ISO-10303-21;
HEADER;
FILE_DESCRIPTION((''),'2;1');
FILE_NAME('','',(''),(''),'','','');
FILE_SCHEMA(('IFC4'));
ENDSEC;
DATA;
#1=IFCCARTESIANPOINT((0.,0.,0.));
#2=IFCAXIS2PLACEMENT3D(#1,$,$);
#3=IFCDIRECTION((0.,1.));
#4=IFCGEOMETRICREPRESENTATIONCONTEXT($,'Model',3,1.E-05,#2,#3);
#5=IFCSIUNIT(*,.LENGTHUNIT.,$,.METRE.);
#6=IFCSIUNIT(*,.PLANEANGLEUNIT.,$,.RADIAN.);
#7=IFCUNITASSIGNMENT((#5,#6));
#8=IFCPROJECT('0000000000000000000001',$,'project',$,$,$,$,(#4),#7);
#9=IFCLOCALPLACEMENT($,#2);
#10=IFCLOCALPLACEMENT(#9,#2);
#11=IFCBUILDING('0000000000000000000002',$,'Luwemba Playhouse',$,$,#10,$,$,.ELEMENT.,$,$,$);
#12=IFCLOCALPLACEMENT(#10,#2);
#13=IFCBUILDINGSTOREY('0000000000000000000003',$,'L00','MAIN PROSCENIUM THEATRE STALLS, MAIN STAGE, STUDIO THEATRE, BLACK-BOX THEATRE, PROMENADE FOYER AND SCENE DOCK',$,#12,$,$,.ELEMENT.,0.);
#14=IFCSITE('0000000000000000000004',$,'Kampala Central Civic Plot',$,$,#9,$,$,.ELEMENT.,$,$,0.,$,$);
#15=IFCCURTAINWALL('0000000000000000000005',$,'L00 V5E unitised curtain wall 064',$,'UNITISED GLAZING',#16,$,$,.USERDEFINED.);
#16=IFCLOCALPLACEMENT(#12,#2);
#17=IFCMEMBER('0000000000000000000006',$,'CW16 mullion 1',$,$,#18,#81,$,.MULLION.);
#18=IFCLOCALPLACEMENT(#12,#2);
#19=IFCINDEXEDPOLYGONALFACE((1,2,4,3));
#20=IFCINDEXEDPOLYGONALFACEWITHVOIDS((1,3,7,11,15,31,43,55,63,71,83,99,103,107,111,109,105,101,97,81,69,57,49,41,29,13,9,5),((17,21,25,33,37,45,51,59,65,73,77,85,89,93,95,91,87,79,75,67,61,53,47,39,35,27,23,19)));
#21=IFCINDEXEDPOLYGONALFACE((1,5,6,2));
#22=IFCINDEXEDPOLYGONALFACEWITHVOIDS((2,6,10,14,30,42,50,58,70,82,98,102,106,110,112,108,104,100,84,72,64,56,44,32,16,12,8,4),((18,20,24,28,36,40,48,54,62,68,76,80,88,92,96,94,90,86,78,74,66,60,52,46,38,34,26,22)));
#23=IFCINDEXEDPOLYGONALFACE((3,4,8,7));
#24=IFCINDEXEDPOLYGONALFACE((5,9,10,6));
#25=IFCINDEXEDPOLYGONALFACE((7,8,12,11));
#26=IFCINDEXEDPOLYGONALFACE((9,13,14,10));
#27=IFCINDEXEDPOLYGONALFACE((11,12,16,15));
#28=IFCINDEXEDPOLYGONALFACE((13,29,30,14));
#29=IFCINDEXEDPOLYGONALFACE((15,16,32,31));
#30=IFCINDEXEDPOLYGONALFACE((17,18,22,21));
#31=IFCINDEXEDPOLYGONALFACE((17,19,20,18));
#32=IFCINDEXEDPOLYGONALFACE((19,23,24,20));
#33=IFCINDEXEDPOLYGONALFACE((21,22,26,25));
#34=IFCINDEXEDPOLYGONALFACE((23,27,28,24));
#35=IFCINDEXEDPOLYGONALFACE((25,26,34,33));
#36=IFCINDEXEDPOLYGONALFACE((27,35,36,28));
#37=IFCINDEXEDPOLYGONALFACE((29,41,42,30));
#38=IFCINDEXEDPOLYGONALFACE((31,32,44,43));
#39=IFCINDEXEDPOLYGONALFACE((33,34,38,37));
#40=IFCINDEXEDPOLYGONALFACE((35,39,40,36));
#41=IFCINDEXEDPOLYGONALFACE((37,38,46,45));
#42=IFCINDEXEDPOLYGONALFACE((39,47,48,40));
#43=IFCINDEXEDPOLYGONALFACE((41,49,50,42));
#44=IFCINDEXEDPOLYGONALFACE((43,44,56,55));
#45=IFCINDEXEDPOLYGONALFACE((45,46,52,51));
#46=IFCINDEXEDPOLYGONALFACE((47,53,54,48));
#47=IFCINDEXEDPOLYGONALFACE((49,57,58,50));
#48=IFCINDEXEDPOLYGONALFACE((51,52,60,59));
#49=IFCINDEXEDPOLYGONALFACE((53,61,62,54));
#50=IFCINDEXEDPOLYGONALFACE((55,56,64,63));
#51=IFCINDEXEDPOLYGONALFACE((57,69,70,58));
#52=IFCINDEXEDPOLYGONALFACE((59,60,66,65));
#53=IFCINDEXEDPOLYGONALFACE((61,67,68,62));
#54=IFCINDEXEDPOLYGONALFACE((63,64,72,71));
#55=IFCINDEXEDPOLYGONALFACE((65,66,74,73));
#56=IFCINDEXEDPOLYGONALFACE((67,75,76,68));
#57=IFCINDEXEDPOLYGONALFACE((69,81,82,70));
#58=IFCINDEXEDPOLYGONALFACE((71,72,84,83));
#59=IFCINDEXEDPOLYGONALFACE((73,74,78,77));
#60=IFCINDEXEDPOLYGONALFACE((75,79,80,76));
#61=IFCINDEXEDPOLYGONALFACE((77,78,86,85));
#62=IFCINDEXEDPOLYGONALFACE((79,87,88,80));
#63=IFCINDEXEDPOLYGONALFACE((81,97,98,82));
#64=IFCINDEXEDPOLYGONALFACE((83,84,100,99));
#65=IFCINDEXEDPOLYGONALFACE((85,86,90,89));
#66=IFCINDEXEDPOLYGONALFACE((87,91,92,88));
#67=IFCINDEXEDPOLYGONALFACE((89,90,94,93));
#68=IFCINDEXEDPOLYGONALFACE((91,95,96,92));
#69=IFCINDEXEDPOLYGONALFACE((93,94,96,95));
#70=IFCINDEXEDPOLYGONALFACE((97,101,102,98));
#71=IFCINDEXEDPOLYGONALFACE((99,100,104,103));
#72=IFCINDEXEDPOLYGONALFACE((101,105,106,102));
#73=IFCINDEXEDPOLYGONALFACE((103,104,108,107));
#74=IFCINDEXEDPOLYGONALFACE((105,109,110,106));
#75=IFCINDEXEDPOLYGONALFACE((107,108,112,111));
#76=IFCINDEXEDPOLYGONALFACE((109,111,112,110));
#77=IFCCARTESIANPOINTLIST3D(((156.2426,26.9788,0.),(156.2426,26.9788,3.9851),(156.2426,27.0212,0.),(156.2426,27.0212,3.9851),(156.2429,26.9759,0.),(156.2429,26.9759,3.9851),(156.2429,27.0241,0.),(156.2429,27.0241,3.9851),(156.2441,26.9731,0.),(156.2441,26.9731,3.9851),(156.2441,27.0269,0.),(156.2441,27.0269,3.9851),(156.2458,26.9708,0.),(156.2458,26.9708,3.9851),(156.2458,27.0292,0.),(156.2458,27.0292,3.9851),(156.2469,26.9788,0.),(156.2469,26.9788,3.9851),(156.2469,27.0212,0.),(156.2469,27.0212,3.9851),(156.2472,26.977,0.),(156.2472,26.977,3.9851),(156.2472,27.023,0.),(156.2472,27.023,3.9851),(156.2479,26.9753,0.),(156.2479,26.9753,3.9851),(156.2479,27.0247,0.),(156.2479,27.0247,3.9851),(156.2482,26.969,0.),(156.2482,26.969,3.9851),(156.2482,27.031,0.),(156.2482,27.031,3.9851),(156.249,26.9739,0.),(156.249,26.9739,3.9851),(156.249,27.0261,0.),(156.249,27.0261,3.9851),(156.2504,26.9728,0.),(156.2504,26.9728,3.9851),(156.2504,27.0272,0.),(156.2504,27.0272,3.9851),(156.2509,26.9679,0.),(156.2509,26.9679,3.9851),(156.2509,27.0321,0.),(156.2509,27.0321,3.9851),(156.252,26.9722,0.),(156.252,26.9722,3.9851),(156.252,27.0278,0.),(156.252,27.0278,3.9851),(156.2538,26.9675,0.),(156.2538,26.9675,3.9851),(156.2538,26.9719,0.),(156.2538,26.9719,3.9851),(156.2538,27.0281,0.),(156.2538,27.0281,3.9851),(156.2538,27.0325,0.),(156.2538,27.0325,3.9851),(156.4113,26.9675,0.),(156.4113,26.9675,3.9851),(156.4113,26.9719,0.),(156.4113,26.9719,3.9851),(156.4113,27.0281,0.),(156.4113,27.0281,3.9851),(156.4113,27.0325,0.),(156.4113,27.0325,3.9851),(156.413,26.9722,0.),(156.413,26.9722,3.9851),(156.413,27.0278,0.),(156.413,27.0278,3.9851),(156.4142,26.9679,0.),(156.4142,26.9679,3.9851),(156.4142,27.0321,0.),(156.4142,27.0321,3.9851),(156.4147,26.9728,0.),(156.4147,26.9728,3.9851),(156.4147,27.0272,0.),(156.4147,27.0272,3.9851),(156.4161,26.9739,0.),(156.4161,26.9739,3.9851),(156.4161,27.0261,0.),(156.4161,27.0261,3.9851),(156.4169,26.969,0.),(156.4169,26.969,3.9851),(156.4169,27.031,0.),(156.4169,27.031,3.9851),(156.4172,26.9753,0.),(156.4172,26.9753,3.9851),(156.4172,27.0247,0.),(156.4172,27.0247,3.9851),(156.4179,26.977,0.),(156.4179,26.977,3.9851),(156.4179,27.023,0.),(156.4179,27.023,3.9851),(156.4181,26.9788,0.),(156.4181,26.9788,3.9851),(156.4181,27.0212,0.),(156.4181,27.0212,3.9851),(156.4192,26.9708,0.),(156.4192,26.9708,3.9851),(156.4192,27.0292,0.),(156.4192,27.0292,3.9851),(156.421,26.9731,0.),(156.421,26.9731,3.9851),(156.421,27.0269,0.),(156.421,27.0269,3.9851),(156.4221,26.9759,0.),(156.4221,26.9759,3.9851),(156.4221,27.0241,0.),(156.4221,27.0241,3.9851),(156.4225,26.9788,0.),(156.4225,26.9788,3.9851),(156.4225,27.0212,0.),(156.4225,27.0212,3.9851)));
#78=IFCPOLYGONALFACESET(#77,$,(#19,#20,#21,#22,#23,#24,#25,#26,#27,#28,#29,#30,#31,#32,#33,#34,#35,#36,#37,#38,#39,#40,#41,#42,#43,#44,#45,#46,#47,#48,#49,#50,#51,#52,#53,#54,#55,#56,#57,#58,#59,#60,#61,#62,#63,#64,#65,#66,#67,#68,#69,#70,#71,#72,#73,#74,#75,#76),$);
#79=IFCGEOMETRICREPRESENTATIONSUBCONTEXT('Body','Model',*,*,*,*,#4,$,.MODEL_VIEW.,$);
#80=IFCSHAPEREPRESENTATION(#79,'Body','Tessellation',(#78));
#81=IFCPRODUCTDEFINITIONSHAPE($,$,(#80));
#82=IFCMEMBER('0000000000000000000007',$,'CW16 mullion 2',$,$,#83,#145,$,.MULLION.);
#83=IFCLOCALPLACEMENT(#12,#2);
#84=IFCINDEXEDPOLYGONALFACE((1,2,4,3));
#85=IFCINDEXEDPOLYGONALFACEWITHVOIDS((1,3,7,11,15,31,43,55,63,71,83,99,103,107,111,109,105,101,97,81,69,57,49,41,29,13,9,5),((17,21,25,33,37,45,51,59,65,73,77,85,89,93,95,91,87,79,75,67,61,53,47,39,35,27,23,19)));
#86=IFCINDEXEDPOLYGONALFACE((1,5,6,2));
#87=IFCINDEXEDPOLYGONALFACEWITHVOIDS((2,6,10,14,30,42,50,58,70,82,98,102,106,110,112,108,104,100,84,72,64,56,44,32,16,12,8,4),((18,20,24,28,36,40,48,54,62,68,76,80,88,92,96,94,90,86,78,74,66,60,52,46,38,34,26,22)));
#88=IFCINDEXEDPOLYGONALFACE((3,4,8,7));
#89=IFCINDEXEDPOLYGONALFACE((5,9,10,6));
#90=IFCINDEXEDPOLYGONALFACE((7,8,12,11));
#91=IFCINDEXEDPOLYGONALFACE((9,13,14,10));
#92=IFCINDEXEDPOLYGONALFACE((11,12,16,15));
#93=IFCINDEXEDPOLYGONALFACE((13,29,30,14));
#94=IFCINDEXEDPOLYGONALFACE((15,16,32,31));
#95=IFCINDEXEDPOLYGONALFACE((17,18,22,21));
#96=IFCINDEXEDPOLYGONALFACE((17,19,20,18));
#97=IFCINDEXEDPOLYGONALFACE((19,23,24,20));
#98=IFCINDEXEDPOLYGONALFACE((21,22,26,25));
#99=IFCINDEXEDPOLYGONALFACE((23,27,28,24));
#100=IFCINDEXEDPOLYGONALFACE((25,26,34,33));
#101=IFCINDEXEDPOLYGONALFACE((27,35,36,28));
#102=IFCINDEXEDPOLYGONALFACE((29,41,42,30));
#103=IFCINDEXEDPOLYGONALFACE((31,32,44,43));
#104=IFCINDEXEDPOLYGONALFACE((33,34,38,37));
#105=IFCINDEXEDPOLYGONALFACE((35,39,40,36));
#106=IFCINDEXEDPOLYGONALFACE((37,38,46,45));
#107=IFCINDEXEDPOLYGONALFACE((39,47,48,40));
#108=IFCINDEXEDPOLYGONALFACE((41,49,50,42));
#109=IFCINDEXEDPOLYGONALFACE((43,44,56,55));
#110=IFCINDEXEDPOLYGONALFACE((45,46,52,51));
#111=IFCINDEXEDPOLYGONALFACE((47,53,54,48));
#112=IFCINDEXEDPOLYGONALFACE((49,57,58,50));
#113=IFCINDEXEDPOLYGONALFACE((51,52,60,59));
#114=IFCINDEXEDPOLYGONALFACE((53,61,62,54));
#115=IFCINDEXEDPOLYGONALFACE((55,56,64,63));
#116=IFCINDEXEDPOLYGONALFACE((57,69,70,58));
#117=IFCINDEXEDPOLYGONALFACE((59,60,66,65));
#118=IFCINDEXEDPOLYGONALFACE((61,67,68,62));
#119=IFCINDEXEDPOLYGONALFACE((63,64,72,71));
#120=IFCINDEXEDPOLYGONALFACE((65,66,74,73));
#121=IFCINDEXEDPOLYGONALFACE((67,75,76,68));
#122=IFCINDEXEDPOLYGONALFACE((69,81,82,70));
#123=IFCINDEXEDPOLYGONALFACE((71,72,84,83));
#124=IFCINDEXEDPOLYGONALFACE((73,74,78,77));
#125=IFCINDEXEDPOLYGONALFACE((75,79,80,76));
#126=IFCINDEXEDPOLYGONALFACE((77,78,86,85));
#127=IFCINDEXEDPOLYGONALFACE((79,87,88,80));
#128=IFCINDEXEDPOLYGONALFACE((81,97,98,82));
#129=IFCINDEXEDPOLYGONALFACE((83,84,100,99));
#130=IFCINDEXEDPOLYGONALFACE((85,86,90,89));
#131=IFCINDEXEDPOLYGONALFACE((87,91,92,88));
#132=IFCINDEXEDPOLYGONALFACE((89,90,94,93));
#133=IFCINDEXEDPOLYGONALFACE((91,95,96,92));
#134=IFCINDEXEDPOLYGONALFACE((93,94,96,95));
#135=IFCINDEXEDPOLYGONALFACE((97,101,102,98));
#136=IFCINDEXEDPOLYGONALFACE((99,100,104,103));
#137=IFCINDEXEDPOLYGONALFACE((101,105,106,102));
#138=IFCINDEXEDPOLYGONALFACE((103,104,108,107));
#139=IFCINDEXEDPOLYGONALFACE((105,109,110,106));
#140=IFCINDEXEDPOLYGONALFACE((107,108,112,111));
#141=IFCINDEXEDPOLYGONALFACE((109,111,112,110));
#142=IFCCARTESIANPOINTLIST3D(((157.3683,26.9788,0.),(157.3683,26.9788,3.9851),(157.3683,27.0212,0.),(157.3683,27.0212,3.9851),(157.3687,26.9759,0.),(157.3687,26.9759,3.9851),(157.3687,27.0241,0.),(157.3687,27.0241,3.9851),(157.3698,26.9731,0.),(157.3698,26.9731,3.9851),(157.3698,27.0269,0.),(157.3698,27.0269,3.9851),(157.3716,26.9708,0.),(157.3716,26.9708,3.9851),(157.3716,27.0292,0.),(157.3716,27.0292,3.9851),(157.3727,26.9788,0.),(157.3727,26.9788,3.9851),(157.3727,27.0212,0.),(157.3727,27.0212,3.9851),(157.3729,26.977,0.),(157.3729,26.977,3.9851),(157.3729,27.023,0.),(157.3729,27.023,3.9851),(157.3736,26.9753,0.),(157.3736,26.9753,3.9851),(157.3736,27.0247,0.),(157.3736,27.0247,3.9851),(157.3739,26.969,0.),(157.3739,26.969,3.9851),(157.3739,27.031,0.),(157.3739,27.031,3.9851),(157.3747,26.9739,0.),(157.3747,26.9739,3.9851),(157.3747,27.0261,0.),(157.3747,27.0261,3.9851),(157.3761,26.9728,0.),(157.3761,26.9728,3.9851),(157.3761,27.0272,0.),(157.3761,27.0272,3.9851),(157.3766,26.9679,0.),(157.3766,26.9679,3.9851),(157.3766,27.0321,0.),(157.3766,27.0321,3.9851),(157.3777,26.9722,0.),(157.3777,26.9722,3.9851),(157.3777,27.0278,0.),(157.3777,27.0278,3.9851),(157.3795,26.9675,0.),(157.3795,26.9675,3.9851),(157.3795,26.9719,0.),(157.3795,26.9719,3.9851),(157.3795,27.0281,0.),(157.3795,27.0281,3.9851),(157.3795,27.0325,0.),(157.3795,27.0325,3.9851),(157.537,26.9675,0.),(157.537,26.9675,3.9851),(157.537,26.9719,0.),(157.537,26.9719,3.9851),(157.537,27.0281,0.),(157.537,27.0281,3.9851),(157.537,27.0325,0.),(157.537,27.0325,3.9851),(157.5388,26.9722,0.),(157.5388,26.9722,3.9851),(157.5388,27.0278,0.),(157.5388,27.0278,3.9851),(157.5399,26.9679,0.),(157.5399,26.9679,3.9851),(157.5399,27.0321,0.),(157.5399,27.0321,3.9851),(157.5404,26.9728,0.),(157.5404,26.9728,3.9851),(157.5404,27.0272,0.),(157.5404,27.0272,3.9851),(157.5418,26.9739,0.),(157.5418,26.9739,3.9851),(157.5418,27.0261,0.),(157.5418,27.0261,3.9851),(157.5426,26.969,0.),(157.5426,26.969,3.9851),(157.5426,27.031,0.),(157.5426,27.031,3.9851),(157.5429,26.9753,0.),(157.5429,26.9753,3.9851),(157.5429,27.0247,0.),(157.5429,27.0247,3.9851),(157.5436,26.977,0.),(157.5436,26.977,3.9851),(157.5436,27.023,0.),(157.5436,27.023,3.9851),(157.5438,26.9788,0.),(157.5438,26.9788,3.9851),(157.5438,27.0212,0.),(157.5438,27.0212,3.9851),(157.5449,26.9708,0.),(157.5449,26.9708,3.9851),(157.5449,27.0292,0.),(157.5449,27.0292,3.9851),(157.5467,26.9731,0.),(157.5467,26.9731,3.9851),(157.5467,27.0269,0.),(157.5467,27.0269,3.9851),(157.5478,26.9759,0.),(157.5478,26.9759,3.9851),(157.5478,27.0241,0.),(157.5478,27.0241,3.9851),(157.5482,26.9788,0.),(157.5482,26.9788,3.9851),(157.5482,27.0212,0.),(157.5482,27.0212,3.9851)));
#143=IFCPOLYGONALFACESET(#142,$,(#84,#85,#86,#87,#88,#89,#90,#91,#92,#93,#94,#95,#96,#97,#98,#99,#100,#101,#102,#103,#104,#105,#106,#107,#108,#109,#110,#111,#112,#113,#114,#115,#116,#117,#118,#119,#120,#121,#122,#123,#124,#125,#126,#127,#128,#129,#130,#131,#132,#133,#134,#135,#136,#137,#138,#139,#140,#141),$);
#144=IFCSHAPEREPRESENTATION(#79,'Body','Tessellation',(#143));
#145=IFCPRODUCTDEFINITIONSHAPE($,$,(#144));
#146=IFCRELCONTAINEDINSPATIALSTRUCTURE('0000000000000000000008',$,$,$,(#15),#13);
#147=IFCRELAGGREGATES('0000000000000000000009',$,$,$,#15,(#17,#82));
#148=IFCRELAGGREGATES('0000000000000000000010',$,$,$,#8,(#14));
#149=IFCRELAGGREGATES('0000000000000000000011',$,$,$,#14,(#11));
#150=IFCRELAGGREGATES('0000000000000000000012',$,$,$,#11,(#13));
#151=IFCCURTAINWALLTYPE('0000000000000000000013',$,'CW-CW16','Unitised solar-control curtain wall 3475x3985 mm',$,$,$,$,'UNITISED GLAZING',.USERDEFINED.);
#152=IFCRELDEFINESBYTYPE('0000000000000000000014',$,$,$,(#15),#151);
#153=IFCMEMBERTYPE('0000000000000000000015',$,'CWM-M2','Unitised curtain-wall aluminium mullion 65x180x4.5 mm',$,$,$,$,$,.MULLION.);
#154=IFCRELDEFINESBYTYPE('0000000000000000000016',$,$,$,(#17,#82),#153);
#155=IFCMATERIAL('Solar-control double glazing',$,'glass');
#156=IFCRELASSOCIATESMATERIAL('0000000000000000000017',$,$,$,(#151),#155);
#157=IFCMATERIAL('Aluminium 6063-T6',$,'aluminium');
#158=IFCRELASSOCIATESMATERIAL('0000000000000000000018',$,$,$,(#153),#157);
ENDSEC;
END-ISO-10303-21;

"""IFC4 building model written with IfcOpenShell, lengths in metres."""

from ifc_helpers import new_model, si_unit, direction, frame, origin, origin_2d, place, context, subcontext, project, spatial, hollow_rectangle, extrude, material, material_profile, profile_set, type_object, element, aggregate, save


model = new_model("IFC4")

# Units and contexts
model_context = context("Model", 3, precision=1e-05, world=origin(), true_north=direction((0.0, 1.0)))
body_context = subcontext(model_context, "Body", "Model", "MODEL_VIEW")
ifc_project = project(units=[si_unit("LENGTHUNIT", "METRE"), si_unit("PLANEANGLEUNIT", "RADIAN")], contexts=[model_context])

# Site, building, storey
site_placement = place(None, origin())
site = spatial("IfcSite", under=ifc_project, at=site_placement, Name="Kampala Central Civic Plot", CompositionType="ELEMENT", RefElevation=0.0)
building_placement = place(site_placement, origin())
building = spatial("IfcBuilding", under=site, at=building_placement, Name="Luwemba Playhouse", CompositionType="ELEMENT")
storey_placement = place(building_placement, origin())
storey = spatial("IfcBuildingStorey", under=building, at=storey_placement, Name="L00", Description="MAIN PROSCENIUM THEATRE STALLS, MAIN STAGE, STUDIO THEATRE, BLACK-BOX THEATRE, PROMENADE FOYER AND SCENE DOCK", CompositionType="ELEMENT", Elevation=0.0)

# Curtain wall, members
ifc_material_1 = material(Name="Solar-control double glazing", Category="glass")
curtain_wall_type = type_object("IfcCurtainWallType", Name="CW-CW16", Description="Unitised solar-control curtain wall 3475x3985 mm", ElementType="UNITISED GLAZING", PredefinedType="USERDEFINED", material=ifc_material_1)
curtain_wall_placement = place(storey_placement, origin())
curtain_wall = element("IfcCurtainWall", 1, at=curtain_wall_placement, inside=storey, type_object=curtain_wall_type, Name="L00 V5E unitised curtain wall 064", ObjectType="UNITISED GLAZING", PredefinedType="USERDEFINED")
ifc_material_2 = material(Name="Aluminium 6063-T6", Category="aluminium")
ifc_material_profile_1 = material_profile(ifc_material_2, hollow_rectangle(XDim=0.0649, YDim=0.1799, WallThickness=0.0044, InnerFilletRadius=0.0068, OuterFilletRadius=0.0112, at=origin_2d()))
ifc_profile_set_1 = profile_set([ifc_material_profile_1], Name="Aluminium 6063-T6")
member_type_1 = type_object("IfcMemberType", Name="CWM-M2", Description="Unitised curtain-wall aluminium mullion 65x180x4.5 mm", PredefinedType="MULLION", material=ifc_profile_set_1)
member_1_placement = place(storey_placement, frame((156.3325, 27.0, 0.0), z_axis=(0.0, 0.0, 1.0), x_axis=(0.0, 1.0, 0.0)))
member_1 = element("IfcMember", 2, at=member_1_placement, type_object=member_type_1, Name="CW16 mullion 1", PredefinedType="MULLION", context=body_context, shape_type="SweptSolid", body=[
    extrude(hollow_rectangle(XDim=0.0649, YDim=0.1799, WallThickness=0.0044, InnerFilletRadius=0.0068, OuterFilletRadius=0.0112, at=origin_2d()), origin(), (0.0, 0.0, 1.0), 3.9851),
])
member_2_placement = place(storey_placement, frame((157.4583, 27.0, 0.0), z_axis=(0.0, 0.0, 1.0), x_axis=(0.0, 1.0, 0.0)))
member_2 = element("IfcMember", 3, at=member_2_placement, type_object=member_type_1, Name="CW16 mullion 2", PredefinedType="MULLION", context=body_context, shape_type="SweptSolid", body=[
    extrude(hollow_rectangle(XDim=0.0649, YDim=0.1799, WallThickness=0.0044, InnerFilletRadius=0.0068, OuterFilletRadius=0.0112, at=origin_2d()), origin(), (0.0, 0.0, 1.0), 3.9851),
])
aggregate(curtain_wall, [member_1, member_2])

save(model, "model.ifc")
